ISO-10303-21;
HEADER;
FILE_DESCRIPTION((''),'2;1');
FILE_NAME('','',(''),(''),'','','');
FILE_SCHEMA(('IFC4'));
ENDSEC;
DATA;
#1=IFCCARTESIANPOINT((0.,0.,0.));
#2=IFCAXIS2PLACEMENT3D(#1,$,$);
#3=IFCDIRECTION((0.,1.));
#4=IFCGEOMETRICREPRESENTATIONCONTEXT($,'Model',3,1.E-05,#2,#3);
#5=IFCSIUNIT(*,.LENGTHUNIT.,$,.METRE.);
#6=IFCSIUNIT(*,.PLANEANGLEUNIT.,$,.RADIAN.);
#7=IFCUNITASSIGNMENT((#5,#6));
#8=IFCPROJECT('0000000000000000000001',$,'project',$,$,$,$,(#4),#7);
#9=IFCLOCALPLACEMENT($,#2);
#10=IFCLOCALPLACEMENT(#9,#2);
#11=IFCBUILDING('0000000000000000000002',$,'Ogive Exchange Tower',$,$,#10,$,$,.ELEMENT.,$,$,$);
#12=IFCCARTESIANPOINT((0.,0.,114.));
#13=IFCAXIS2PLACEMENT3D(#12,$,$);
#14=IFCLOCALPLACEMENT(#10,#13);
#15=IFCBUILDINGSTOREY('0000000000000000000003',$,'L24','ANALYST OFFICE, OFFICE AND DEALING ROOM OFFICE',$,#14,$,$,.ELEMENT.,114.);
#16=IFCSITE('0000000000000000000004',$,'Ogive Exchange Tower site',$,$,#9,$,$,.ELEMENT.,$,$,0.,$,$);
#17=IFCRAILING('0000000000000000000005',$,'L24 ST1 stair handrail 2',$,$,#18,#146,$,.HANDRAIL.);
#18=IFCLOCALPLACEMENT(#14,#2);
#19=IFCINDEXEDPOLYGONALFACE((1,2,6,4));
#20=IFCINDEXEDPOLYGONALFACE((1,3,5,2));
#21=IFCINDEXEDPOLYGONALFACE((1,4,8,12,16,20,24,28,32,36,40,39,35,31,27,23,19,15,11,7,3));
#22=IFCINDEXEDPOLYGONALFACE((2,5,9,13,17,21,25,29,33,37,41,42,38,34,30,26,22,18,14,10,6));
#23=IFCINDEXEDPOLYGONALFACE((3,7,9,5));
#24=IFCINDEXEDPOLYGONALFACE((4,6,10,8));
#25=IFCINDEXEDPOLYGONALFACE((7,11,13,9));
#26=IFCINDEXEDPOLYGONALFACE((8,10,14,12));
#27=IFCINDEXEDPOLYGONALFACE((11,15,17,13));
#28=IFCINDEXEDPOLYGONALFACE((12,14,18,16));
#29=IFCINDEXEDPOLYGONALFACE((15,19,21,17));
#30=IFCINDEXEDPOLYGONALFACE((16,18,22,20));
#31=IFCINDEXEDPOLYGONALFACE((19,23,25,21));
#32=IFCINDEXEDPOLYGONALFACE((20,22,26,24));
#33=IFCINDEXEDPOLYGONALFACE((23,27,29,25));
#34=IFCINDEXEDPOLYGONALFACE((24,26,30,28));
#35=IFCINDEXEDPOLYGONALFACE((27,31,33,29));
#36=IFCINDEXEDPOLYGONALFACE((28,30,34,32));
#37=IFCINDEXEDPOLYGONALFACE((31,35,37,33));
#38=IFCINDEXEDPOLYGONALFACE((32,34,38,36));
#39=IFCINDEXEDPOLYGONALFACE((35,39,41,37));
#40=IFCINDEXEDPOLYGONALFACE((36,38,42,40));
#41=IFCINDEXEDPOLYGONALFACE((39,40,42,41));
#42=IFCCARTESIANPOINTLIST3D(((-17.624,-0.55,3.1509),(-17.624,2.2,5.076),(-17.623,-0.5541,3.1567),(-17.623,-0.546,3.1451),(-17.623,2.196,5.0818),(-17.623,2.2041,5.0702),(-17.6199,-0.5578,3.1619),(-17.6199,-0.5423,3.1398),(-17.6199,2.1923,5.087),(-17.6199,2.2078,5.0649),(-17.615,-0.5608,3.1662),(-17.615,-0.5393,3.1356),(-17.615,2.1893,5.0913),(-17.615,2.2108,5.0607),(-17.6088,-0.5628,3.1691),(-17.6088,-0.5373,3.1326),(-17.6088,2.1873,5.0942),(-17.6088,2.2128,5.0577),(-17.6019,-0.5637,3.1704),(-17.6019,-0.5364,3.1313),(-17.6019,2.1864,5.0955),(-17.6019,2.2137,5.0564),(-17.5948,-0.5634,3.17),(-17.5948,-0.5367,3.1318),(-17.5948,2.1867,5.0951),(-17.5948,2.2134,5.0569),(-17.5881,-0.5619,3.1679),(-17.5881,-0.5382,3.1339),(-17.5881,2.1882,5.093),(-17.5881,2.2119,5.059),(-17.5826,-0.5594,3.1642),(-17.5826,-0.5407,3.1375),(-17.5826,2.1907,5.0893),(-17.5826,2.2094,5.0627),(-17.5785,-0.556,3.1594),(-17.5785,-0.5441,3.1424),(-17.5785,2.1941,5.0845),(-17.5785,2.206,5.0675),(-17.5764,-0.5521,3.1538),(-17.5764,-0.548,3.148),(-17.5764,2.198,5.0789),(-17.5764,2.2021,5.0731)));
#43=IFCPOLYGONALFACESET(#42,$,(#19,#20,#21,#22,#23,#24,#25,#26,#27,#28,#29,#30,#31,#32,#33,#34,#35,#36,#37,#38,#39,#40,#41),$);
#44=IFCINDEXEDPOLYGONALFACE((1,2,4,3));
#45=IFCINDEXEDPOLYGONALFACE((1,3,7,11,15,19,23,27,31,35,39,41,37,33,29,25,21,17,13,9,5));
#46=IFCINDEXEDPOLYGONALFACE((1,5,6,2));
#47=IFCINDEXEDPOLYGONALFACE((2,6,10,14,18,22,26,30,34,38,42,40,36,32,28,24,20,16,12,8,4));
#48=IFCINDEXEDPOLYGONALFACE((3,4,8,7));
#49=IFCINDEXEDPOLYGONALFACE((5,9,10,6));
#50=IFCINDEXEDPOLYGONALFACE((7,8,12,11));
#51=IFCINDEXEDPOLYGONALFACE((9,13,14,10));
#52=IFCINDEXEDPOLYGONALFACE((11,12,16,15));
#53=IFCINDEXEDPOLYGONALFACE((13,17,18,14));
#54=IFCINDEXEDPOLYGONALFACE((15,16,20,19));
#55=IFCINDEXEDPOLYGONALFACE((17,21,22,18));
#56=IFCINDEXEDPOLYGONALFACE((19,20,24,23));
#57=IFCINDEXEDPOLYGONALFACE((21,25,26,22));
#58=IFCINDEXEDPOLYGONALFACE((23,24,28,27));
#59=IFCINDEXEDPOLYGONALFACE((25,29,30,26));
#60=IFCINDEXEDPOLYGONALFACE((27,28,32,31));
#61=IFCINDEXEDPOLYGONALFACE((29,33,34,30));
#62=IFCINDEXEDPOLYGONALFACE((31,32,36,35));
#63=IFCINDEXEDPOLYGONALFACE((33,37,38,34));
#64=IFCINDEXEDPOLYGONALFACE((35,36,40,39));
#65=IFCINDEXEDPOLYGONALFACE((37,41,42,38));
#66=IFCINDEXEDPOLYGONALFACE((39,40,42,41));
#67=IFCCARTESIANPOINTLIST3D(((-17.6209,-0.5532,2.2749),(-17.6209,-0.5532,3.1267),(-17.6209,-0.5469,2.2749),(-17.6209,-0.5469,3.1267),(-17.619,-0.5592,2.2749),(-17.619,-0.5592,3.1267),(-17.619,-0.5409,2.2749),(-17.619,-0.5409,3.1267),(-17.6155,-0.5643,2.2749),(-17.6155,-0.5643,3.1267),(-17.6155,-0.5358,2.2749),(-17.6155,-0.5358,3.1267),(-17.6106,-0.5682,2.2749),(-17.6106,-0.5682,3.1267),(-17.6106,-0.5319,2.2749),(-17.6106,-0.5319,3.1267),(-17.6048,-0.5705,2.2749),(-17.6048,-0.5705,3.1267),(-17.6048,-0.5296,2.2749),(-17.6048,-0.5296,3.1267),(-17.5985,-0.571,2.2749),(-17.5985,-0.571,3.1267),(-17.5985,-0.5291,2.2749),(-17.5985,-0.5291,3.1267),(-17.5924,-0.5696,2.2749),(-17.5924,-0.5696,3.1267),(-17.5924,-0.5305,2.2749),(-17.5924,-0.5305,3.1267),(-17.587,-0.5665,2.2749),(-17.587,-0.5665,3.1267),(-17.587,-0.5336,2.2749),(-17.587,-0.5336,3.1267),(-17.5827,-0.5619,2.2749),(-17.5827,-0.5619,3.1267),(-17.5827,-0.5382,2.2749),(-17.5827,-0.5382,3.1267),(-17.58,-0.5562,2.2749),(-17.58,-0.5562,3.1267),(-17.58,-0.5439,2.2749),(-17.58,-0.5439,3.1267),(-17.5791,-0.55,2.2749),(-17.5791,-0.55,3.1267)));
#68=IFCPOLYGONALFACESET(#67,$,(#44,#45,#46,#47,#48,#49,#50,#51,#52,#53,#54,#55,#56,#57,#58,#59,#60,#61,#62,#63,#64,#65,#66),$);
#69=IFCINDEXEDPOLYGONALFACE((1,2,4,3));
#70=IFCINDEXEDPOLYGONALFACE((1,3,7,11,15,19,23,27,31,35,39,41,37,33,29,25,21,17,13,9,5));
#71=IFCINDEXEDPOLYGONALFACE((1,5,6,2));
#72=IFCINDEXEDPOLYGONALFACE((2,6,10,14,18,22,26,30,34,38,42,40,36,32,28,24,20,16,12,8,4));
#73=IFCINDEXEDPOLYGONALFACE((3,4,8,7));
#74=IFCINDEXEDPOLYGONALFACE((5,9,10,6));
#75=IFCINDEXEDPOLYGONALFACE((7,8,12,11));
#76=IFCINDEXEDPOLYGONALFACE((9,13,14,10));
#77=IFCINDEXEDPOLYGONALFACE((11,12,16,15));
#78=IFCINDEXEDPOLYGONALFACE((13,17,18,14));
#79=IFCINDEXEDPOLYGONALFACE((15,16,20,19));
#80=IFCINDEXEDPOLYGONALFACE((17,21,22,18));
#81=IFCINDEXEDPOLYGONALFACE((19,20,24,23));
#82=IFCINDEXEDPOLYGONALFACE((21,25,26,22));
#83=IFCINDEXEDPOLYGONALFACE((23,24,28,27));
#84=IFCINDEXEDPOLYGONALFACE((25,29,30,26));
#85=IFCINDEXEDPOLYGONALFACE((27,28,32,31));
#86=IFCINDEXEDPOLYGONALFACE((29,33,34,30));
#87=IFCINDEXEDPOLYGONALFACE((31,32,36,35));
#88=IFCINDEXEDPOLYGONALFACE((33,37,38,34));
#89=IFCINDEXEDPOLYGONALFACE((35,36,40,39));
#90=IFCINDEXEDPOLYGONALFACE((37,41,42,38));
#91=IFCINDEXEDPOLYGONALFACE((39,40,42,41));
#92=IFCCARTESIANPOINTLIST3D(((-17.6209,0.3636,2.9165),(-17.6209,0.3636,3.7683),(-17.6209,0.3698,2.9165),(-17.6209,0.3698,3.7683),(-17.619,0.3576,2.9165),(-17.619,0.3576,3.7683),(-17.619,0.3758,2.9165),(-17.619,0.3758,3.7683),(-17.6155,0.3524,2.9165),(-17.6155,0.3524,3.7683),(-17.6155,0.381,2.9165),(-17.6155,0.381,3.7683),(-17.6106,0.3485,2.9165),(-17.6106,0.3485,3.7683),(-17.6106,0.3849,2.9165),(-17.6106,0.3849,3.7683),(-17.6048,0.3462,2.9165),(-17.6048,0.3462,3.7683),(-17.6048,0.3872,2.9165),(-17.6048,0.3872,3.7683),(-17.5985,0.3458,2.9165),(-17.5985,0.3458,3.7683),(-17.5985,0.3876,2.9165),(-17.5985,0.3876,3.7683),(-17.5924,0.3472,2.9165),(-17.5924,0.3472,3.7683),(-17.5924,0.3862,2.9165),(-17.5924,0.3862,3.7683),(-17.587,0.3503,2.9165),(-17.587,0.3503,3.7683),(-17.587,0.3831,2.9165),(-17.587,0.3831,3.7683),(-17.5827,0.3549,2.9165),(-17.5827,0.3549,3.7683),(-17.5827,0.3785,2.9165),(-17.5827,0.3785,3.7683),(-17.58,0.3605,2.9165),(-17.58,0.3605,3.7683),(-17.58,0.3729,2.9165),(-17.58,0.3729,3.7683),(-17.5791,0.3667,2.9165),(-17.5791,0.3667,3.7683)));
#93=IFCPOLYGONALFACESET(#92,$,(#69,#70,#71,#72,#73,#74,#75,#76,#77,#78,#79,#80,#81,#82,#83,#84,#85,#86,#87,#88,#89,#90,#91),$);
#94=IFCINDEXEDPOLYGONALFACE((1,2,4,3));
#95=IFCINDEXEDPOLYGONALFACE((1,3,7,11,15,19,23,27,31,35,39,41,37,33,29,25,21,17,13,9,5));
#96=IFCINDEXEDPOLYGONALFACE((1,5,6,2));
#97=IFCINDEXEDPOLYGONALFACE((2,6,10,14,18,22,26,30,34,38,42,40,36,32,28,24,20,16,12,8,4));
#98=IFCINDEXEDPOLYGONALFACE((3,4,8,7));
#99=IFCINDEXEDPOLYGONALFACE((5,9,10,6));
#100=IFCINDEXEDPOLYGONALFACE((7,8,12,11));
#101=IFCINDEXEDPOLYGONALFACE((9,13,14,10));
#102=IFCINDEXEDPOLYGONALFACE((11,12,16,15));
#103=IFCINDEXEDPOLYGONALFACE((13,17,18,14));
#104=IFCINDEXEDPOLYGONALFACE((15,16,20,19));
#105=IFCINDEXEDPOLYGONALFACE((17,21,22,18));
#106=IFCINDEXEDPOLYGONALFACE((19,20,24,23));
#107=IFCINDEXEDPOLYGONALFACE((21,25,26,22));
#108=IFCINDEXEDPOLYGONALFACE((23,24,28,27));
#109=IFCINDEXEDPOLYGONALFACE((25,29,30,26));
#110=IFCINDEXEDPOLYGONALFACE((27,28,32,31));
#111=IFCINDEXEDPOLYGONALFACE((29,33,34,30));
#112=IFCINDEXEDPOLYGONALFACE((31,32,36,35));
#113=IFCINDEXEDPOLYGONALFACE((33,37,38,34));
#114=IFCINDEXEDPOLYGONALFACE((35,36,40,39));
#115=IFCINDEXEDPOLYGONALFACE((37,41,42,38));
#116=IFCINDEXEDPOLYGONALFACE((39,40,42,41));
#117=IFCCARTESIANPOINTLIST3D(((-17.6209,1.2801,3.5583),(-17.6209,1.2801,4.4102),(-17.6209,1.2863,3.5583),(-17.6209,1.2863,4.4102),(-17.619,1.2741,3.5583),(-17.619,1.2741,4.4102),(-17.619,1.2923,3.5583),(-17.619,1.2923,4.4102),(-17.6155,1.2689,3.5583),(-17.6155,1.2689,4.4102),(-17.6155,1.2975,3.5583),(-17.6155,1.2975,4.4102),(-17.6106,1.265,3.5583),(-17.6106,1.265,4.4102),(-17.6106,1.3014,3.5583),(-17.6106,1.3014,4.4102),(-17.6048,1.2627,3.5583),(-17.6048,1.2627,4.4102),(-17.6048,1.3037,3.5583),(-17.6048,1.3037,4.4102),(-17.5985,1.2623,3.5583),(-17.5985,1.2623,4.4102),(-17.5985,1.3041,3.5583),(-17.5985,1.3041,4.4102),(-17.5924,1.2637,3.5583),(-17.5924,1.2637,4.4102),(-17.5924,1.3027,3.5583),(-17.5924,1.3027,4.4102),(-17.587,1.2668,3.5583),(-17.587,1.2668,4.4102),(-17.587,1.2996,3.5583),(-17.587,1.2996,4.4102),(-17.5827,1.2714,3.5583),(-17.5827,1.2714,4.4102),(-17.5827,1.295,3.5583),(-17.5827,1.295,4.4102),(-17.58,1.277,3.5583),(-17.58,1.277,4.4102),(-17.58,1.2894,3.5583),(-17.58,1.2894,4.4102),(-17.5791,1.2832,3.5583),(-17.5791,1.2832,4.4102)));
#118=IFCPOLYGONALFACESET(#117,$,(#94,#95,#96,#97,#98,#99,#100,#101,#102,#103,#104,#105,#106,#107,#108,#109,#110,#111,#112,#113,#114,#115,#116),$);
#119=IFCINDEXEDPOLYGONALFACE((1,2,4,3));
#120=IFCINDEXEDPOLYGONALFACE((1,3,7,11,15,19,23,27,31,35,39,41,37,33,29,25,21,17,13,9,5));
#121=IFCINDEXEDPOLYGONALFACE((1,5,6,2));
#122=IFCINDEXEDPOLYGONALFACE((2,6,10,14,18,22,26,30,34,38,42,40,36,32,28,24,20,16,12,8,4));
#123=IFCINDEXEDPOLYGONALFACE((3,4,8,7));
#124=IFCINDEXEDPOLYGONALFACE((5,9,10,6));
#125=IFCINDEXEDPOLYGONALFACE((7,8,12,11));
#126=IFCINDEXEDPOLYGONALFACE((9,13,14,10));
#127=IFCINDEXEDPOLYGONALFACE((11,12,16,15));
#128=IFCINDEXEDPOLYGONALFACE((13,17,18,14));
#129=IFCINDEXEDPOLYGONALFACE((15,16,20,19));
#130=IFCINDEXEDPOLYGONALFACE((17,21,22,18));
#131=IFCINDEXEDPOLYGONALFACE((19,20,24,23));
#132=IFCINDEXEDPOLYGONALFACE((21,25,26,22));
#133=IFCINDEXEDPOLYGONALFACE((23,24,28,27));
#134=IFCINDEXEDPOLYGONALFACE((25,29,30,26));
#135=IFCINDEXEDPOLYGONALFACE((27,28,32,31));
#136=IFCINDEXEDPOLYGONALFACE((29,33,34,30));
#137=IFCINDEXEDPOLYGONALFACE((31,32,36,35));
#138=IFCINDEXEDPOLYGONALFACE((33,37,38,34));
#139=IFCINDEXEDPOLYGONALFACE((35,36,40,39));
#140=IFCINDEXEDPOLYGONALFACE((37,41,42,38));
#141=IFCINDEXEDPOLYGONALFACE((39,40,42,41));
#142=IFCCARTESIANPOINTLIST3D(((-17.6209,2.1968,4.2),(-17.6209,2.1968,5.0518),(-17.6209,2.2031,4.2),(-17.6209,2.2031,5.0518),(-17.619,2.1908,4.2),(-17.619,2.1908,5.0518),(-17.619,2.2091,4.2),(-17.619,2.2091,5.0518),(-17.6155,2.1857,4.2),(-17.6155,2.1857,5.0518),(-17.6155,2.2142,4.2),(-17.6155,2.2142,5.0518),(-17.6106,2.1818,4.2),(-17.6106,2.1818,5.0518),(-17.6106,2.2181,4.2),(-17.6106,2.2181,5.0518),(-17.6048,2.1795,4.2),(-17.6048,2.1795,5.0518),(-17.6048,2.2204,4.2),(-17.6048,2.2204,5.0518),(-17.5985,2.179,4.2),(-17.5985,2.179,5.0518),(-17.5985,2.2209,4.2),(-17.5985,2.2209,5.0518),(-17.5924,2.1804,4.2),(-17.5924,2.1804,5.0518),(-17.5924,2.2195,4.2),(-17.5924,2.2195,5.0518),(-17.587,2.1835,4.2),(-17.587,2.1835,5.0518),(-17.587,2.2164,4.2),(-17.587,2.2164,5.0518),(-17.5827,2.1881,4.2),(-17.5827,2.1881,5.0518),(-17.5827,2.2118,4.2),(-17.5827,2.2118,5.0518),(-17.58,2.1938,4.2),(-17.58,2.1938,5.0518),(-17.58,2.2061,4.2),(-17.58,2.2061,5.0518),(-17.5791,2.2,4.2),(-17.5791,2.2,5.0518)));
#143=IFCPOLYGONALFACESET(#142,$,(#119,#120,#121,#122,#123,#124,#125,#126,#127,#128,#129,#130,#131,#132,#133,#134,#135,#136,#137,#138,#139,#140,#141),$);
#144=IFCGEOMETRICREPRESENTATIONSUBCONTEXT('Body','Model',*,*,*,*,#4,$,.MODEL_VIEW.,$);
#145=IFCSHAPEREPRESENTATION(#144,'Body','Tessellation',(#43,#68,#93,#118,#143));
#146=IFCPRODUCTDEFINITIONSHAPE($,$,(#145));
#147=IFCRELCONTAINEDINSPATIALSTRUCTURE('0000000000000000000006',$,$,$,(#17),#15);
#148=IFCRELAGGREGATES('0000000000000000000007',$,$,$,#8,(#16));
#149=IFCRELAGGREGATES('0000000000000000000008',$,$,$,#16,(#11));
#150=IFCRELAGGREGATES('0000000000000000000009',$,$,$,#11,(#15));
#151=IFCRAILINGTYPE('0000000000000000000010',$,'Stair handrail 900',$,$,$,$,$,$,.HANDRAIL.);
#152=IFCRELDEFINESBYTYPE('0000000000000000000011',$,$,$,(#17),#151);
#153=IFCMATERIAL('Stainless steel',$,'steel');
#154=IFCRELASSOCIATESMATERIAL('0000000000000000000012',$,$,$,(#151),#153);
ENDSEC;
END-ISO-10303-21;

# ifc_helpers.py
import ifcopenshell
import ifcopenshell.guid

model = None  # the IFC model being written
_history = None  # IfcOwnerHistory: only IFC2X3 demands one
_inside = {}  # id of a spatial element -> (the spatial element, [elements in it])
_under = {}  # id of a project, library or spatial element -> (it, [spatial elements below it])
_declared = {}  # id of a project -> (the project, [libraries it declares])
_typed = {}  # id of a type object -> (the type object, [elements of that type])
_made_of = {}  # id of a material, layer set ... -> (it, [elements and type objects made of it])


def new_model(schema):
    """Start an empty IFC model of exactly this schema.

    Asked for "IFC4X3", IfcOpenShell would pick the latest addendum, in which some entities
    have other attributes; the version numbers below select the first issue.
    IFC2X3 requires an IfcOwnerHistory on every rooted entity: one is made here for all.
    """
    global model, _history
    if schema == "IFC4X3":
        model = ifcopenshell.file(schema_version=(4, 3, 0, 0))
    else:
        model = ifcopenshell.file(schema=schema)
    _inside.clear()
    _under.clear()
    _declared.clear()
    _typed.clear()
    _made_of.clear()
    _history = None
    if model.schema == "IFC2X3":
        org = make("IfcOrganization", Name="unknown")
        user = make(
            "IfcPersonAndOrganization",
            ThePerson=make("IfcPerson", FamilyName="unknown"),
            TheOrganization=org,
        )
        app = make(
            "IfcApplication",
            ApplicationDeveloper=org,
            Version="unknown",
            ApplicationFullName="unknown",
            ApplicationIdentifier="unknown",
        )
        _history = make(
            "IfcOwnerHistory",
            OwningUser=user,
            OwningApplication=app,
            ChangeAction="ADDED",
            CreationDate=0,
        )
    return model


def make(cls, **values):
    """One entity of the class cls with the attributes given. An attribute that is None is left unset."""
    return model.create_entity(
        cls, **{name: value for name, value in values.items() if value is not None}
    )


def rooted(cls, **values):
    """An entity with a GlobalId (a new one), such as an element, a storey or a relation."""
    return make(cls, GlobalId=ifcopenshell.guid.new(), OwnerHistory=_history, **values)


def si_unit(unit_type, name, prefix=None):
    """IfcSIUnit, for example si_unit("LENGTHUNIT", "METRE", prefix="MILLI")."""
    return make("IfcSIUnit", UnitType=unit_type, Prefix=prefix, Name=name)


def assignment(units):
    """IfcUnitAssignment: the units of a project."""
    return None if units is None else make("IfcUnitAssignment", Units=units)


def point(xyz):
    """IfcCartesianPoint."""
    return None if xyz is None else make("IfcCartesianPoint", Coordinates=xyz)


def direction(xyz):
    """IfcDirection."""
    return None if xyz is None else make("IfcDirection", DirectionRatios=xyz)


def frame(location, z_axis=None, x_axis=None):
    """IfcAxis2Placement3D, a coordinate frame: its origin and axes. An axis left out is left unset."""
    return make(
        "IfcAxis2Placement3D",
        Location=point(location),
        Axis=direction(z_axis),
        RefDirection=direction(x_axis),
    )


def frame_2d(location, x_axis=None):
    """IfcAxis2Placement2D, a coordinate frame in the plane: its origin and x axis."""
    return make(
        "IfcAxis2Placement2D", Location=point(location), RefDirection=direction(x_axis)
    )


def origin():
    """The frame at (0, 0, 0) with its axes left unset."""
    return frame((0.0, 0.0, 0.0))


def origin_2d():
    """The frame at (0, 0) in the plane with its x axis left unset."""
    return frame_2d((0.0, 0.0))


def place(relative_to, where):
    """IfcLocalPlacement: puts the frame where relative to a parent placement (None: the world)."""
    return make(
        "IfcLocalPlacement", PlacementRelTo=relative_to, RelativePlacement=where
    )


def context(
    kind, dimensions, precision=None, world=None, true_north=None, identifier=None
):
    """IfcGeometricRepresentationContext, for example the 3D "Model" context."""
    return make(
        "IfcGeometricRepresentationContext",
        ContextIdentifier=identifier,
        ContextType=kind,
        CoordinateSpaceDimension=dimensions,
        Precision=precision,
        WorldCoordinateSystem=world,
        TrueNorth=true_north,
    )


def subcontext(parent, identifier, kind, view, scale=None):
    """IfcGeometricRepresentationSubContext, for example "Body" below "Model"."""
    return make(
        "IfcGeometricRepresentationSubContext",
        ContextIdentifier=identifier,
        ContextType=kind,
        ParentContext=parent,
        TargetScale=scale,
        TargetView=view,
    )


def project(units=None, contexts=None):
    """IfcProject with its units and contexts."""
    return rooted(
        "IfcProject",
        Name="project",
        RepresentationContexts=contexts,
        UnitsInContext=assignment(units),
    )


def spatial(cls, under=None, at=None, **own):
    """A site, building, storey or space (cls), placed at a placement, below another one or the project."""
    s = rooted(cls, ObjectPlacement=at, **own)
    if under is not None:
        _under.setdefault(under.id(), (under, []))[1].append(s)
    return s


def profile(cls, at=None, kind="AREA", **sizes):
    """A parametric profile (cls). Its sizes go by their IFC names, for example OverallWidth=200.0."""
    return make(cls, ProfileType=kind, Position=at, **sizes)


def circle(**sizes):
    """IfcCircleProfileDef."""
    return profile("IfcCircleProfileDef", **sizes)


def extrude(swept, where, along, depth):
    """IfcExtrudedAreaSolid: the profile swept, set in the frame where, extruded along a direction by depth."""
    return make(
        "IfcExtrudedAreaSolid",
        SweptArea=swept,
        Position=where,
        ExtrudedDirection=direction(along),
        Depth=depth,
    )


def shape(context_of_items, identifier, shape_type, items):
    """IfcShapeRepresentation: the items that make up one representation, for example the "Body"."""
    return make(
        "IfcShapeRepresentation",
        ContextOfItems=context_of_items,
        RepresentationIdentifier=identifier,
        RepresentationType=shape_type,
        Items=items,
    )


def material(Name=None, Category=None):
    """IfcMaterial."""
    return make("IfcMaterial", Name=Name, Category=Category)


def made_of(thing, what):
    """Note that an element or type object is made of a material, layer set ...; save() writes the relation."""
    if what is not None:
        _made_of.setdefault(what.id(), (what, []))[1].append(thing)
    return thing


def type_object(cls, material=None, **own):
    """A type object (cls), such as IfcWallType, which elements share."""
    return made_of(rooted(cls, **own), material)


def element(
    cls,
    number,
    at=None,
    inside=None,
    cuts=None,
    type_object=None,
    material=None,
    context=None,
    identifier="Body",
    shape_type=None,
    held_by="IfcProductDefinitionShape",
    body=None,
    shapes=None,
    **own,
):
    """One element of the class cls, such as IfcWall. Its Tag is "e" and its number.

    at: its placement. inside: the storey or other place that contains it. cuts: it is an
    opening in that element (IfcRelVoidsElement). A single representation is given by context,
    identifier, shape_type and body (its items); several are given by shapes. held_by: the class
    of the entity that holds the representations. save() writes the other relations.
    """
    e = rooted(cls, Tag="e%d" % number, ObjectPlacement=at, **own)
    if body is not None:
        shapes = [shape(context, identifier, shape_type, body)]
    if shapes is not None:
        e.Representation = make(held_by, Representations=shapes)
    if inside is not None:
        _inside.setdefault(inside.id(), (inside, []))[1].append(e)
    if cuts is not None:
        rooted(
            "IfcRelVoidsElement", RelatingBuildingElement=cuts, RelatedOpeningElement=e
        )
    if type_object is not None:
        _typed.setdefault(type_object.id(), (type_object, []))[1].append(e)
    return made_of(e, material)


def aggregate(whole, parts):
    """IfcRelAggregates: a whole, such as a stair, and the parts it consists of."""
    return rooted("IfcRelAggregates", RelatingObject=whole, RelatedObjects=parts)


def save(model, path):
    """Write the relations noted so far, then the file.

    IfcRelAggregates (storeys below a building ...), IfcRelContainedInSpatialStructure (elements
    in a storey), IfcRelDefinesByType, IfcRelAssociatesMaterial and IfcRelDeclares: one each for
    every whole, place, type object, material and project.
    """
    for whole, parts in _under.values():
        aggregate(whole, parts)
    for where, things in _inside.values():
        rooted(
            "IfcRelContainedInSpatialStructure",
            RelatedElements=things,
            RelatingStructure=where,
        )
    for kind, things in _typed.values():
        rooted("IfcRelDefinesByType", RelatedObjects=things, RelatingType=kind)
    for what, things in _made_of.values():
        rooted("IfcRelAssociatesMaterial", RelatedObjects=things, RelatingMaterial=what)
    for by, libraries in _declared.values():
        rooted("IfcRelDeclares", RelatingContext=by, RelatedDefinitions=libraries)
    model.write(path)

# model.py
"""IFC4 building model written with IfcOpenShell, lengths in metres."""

from ifc_helpers import new_model, si_unit, direction, frame, origin, origin_2d, place, context, subcontext, project, spatial, circle, extrude, material, type_object, element, save


model = new_model("IFC4")

# Units and contexts
model_context = context("Model", 3, precision=1e-05, world=origin(), true_north=direction((0.0, 1.0)))
body_context = subcontext(model_context, "Body", "Model", "MODEL_VIEW")
ifc_project = project(units=[si_unit("LENGTHUNIT", "METRE"), si_unit("PLANEANGLEUNIT", "RADIAN")], contexts=[model_context])

# Site, building, storey
site_placement = place(None, origin())
site = spatial("IfcSite", under=ifc_project, at=site_placement, Name="Ogive Exchange Tower site", CompositionType="ELEMENT", RefElevation=0.0)
building_placement = place(site_placement, origin())
building = spatial("IfcBuilding", under=site, at=building_placement, Name="Ogive Exchange Tower", CompositionType="ELEMENT")
storey_placement = place(building_placement, frame((0.0, 0.0, 114.0)))
storey = spatial("IfcBuildingStorey", under=building, at=storey_placement, Name="L24", Description="ANALYST OFFICE, OFFICE AND DEALING ROOM OFFICE", CompositionType="ELEMENT", Elevation=114.0)

# Shared definitions
ifc_material_1 = material(Name="Stainless steel", Category="steel")

# Railing
railing_type = type_object("IfcRailingType", Name="Stair handrail 900", PredefinedType="HANDRAIL", material=ifc_material_1)
railing_placement = place(storey_placement, frame((-17.6001, -0.55, 2.2749)))
element("IfcRailing", 1, at=railing_placement, inside=storey, type_object=railing_type, Name="L24 ST1 stair handrail 2", PredefinedType="HANDRAIL", context=body_context, shape_type="SweptSolid", body=[
    extrude(circle(Radius=0.0239, at=origin_2d()), frame((0.0, 0.0, 0.876), z_axis=(0.0, 0.819225, 0.573472), x_axis=(-1.0, 0.0, 0.0)), (0.0, 0.0, 1.0), 3.3569),
    extrude(circle(Radius=0.021, at=origin_2d()), origin(), (0.0, 0.0, 1.0), 0.8518),
    extrude(circle(Radius=0.021, at=origin_2d()), frame((0.0, 0.9167, 0.6416)), (0.0, 0.0, 1.0), 0.8518),
    extrude(circle(Radius=0.021, at=origin_2d()), frame((0.0, 1.8333, 1.2834)), (0.0, 0.0, 1.0), 0.8518),
    extrude(circle(Radius=0.021, at=origin_2d()), frame((0.0, 2.75, 1.925)), (0.0, 0.0, 1.0), 0.8518),
])

save(model, "model.ifc")
